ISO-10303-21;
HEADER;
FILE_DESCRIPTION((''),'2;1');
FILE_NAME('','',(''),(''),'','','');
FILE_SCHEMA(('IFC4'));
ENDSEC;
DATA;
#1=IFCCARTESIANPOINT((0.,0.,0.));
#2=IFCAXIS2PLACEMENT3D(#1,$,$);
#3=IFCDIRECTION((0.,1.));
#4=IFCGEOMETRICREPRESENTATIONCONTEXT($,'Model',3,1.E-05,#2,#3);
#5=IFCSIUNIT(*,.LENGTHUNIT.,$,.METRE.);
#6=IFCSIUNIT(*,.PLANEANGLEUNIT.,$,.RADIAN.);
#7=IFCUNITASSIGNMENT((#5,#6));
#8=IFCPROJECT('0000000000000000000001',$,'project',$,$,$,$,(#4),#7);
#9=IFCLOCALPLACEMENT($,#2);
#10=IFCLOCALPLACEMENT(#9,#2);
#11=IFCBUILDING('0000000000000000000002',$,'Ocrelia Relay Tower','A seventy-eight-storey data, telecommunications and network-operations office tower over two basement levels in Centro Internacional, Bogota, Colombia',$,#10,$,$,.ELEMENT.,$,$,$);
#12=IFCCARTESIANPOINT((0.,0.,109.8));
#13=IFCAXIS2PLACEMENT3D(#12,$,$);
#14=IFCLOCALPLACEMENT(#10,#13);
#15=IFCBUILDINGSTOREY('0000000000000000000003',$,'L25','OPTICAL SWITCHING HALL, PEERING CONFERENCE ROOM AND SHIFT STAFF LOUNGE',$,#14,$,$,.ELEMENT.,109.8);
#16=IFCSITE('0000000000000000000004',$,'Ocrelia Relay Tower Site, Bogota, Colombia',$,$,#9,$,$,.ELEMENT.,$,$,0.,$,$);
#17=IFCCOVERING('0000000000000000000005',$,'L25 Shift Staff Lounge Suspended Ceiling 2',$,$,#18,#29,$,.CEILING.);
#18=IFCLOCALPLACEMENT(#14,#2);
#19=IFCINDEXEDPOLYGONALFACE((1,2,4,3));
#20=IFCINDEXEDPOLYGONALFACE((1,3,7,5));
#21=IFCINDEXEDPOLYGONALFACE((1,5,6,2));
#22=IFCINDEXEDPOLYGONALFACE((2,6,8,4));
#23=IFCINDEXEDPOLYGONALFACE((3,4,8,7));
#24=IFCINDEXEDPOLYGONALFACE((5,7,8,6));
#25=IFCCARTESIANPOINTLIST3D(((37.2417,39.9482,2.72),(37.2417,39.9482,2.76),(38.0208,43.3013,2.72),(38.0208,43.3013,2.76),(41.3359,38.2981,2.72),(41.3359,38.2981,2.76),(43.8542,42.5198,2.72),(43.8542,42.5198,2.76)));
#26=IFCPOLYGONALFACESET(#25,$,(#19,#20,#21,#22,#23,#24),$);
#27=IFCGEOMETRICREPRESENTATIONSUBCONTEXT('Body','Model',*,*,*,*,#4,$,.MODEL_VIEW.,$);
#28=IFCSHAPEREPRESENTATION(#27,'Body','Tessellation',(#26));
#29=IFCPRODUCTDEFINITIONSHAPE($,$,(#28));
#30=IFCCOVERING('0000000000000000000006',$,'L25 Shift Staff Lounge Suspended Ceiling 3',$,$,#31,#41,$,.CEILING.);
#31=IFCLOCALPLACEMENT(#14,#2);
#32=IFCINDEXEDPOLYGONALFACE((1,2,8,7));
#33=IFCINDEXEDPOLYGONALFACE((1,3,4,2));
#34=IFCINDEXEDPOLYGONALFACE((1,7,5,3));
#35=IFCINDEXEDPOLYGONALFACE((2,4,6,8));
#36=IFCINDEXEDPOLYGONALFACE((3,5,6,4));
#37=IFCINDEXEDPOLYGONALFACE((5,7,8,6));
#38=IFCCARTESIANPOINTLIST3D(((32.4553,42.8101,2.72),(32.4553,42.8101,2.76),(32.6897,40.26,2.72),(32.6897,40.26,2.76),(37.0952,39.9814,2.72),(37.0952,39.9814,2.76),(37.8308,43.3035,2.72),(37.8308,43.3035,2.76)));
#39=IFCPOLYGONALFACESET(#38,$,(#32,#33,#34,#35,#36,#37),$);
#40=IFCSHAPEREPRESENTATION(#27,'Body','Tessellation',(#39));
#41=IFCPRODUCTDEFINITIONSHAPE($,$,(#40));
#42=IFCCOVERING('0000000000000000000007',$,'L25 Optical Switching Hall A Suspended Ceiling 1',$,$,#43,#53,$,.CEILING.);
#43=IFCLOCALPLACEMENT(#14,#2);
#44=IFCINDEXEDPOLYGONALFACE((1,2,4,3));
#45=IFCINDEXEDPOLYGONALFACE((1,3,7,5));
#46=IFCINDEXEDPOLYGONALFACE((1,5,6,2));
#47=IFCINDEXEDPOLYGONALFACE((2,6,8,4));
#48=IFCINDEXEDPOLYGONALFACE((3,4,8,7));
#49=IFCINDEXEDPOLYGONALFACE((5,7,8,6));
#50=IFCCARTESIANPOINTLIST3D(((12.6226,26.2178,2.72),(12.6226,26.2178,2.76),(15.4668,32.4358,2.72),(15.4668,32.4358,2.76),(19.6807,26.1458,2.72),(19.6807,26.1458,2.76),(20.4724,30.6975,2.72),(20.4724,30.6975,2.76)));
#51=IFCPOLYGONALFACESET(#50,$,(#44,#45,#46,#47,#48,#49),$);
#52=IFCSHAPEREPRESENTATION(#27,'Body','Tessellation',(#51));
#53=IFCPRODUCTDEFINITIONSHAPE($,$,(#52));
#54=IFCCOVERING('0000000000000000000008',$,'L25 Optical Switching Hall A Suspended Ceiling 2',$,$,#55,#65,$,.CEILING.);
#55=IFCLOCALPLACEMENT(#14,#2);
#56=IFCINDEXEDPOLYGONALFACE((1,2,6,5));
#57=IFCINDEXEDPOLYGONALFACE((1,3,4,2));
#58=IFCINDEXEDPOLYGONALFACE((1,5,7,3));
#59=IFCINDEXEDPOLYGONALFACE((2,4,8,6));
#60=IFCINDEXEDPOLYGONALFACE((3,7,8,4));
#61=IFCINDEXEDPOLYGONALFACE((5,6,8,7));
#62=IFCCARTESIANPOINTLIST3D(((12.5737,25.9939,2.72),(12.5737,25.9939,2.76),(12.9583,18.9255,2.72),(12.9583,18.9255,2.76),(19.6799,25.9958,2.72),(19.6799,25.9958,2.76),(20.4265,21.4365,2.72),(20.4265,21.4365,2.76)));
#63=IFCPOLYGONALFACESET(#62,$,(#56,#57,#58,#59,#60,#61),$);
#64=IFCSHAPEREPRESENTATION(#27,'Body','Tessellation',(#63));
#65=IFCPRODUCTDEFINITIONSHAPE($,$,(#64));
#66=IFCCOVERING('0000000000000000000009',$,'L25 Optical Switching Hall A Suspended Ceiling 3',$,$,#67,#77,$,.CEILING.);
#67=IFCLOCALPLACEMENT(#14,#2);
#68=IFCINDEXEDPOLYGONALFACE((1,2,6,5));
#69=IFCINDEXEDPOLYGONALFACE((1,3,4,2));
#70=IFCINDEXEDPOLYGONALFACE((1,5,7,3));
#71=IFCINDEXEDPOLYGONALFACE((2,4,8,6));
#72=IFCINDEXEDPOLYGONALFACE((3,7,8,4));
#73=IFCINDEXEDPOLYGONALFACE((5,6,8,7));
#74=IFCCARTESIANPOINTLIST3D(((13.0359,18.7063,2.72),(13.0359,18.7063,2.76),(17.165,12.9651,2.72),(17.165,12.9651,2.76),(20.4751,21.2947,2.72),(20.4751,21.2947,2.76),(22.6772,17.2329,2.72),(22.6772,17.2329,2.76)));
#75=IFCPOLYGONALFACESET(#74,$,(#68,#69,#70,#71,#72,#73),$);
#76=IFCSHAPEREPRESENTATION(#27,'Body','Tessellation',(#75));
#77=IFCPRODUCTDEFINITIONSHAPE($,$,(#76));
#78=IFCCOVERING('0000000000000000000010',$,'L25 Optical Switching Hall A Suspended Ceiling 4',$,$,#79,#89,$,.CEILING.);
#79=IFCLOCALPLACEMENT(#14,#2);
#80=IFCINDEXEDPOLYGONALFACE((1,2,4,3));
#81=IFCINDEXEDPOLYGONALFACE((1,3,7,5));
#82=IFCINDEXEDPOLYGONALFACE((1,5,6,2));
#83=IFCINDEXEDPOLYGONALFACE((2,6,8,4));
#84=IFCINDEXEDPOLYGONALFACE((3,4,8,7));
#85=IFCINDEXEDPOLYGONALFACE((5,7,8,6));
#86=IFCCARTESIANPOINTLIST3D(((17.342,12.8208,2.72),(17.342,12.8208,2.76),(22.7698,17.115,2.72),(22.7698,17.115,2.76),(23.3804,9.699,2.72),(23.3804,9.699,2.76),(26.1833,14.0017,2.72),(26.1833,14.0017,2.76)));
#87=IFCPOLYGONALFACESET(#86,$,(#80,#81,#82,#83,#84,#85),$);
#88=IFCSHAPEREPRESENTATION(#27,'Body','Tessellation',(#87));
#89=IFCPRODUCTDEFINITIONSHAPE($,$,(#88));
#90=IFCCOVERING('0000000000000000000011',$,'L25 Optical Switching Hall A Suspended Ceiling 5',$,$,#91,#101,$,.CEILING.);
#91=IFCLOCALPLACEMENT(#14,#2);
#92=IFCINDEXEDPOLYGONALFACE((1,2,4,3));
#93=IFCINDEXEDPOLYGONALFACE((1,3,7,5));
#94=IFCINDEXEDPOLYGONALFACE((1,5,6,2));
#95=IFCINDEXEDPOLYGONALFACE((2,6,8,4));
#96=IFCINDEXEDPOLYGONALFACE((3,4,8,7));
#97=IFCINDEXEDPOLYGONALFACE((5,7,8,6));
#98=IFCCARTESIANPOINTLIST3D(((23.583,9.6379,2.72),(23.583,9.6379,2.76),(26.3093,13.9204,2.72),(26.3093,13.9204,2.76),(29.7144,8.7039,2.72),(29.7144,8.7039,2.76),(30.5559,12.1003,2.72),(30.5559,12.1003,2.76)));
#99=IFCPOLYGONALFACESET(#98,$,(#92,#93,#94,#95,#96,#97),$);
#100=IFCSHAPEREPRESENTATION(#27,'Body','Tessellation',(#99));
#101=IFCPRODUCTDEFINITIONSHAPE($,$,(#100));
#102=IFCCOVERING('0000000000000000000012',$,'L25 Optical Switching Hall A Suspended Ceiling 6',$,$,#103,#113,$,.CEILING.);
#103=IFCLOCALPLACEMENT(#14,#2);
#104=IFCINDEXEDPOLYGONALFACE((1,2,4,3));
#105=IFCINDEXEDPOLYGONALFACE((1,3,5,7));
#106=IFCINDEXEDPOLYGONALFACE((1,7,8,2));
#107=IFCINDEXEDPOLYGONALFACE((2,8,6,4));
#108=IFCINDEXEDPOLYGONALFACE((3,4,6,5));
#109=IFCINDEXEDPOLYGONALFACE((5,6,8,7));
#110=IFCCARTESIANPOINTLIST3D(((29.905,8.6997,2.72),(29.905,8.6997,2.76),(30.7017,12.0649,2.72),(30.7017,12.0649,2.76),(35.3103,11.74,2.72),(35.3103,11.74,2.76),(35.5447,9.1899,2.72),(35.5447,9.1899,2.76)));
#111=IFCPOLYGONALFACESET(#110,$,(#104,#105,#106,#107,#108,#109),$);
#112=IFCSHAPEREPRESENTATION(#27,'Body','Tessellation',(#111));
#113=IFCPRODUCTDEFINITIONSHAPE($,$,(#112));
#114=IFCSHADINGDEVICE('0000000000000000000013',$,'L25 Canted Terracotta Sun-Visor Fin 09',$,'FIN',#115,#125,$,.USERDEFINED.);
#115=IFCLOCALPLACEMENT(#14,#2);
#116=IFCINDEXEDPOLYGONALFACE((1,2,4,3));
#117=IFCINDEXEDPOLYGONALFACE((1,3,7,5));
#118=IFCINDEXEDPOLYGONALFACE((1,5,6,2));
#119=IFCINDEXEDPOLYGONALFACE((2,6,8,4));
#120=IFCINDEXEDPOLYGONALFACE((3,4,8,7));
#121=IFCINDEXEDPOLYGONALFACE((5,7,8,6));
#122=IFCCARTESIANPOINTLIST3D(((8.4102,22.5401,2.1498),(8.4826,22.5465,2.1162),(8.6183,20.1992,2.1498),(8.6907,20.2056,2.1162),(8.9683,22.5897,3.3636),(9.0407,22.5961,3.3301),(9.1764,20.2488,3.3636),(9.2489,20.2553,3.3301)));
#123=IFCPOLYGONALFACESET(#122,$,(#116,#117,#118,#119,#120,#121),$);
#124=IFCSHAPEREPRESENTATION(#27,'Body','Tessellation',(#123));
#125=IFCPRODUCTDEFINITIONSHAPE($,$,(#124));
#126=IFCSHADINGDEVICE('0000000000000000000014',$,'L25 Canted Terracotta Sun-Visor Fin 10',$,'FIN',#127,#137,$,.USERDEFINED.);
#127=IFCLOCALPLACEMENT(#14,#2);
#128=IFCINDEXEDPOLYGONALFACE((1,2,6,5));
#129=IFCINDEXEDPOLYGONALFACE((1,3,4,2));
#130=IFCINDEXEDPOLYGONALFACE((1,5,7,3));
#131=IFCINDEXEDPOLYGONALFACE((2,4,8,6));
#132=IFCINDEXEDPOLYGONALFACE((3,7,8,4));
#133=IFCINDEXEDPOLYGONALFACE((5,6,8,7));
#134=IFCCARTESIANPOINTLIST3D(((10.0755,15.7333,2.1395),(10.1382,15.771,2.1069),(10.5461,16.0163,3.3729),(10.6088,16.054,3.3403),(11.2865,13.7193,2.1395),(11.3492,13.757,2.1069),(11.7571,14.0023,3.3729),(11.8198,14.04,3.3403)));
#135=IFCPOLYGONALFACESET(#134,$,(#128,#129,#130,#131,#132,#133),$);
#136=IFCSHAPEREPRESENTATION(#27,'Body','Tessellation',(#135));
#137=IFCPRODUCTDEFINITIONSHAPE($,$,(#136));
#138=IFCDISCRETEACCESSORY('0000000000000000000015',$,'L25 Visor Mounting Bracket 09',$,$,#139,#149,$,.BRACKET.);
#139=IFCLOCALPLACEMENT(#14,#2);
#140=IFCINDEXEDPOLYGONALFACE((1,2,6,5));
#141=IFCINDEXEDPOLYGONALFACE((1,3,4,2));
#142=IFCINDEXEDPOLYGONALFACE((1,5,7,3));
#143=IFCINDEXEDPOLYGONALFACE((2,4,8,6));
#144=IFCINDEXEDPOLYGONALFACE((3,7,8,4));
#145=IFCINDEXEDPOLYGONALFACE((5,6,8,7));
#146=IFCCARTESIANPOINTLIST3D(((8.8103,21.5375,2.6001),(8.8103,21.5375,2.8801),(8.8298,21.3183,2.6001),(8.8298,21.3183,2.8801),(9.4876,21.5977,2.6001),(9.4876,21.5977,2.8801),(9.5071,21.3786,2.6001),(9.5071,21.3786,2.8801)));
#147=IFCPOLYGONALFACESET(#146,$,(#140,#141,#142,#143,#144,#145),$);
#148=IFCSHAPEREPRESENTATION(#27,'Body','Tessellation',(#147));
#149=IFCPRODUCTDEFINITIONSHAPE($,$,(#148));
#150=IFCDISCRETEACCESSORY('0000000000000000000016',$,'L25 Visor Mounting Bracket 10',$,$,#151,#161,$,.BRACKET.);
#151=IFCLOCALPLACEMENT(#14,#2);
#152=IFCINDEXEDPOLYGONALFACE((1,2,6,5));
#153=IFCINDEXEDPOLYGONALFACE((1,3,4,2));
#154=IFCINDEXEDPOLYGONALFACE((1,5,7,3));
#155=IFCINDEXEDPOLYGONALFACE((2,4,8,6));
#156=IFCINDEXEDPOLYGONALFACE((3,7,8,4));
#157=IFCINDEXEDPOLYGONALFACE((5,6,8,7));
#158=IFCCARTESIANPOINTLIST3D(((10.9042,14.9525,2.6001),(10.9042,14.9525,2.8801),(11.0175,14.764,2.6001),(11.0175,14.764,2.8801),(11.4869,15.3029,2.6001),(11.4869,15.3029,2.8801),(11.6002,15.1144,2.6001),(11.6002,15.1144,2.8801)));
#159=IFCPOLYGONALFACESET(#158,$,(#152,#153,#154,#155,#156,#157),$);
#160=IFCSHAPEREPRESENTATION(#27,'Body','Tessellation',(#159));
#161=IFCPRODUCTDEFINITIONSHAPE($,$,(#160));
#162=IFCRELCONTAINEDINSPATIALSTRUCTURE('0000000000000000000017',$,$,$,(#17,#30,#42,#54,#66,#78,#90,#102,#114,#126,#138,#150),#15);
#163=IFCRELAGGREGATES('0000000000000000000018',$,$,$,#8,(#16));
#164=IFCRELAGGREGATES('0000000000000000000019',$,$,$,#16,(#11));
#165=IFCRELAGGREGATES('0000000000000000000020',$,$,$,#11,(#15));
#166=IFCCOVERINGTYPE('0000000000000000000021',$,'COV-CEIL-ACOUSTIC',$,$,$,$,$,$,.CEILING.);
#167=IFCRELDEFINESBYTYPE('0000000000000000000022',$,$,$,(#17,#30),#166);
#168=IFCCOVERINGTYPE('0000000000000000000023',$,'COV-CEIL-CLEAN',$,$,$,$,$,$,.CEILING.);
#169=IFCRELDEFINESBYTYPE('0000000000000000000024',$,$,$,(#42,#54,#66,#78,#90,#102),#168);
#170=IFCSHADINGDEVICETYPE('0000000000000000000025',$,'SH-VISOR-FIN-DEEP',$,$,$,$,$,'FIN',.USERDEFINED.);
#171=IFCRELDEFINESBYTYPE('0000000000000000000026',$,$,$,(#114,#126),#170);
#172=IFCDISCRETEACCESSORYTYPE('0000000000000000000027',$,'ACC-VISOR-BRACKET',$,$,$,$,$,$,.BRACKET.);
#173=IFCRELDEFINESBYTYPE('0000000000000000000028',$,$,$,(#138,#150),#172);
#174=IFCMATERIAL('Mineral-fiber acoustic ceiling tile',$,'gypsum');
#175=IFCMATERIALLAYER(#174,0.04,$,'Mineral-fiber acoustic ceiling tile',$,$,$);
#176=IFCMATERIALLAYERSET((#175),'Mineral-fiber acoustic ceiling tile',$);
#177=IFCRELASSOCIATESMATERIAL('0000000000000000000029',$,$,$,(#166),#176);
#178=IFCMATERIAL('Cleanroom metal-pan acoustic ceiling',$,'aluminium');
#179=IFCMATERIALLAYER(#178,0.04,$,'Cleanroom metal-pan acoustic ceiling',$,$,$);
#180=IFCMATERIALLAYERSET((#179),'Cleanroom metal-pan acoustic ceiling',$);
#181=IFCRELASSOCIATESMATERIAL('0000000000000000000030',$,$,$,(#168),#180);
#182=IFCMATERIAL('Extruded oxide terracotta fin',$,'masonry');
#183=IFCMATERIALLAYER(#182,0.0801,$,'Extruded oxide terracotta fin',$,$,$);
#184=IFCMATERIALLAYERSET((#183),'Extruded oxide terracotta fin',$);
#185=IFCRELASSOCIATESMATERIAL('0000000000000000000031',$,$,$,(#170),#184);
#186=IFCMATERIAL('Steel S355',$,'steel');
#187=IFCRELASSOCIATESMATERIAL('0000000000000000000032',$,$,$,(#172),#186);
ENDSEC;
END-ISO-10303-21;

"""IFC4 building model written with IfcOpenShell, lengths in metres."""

from ifc_helpers import new_model, si_unit, direction, frame, origin, origin_2d, place, context, subcontext, project, spatial, polyline, rectangle, outline, extrude, material, layer, layer_set, type_object, element, save


model = new_model("IFC4")

# Units and contexts
model_context = context("Model", 3, precision=1e-05, world=origin(), true_north=direction((0.0, 1.0)))
body_context = subcontext(model_context, "Body", "Model", "MODEL_VIEW")
ifc_project = project(units=[si_unit("LENGTHUNIT", "METRE"), si_unit("PLANEANGLEUNIT", "RADIAN")], contexts=[model_context])

# Site, building, storey
site_placement = place(None, origin())
site = spatial("IfcSite", under=ifc_project, at=site_placement, Name="Ocrelia Relay Tower Site, Bogota, Colombia", CompositionType="ELEMENT", RefElevation=0.0)
building_placement = place(site_placement, origin())
building = spatial("IfcBuilding", under=site, at=building_placement, Name="Ocrelia Relay Tower", Description="A seventy-eight-storey data, telecommunications and network-operations office tower over two basement levels in Centro Internacional, Bogota, Colombia", CompositionType="ELEMENT")
storey_placement = place(building_placement, frame((0.0, 0.0, 109.8)))
storey = spatial("IfcBuildingStorey", under=building, at=storey_placement, Name="L25", Description="OPTICAL SWITCHING HALL, PEERING CONFERENCE ROOM AND SHIFT STAFF LOUNGE", CompositionType="ELEMENT", Elevation=109.8)

# Coverings
ifc_material_1 = material(Name="Mineral-fiber acoustic ceiling tile", Category="gypsum")
ifc_layer_1 = layer(ifc_material_1, 0.04, Name="Mineral-fiber acoustic ceiling tile")
ifc_layer_set_1 = layer_set([ifc_layer_1], Name="Mineral-fiber acoustic ceiling tile")
covering_type_1 = type_object("IfcCoveringType", Name="COV-CEIL-ACOUSTIC", PredefinedType="CEILING", material=ifc_layer_set_1)
covering_1_placement = place(storey_placement, frame((0.0, 0.0, 2.72)))
element("IfcCovering", 1, at=covering_1_placement, inside=storey, type_object=covering_type_1, Name="L25 Shift Staff Lounge Suspended Ceiling 2", PredefinedType="CEILING", context=body_context, shape_type="SweptSolid", body=[
    extrude(outline(polyline([(41.3359, 38.2981), (43.8542, 42.5198), (38.0208, 43.3013), (37.2417, 39.9482), (41.3359, 38.2981)])), origin(), (0.0, 0.0, 1.0), 0.04),
])
covering_2_placement = place(storey_placement, frame((0.0, 0.0, 2.72)))
element("IfcCovering", 2, at=covering_2_placement, inside=storey, type_object=covering_type_1, Name="L25 Shift Staff Lounge Suspended Ceiling 3", PredefinedType="CEILING", context=body_context, shape_type="SweptSolid", body=[
    extrude(outline(polyline([(37.0952, 39.9814), (37.8308, 43.3035), (32.4553, 42.8101), (32.6897, 40.26), (37.0952, 39.9814)])), origin(), (0.0, 0.0, 1.0), 0.04),
])
ifc_material_2 = material(Name="Cleanroom metal-pan acoustic ceiling", Category="aluminium")
ifc_layer_2 = layer(ifc_material_2, 0.04, Name="Cleanroom metal-pan acoustic ceiling")
ifc_layer_set_2 = layer_set([ifc_layer_2], Name="Cleanroom metal-pan acoustic ceiling")
covering_type_2 = type_object("IfcCoveringType", Name="COV-CEIL-CLEAN", PredefinedType="CEILING", material=ifc_layer_set_2)
covering_3_placement = place(storey_placement, frame((0.0, 0.0, 2.72)))
element("IfcCovering", 3, at=covering_3_placement, inside=storey, type_object=covering_type_2, Name="L25 Optical Switching Hall A Suspended Ceiling 1", PredefinedType="CEILING", context=body_context, shape_type="SweptSolid", body=[
    extrude(outline(polyline([(20.4724, 30.6975), (15.4668, 32.4358), (12.6226, 26.2178), (19.6807, 26.1458), (20.4724, 30.6975)])), origin(), (0.0, 0.0, 1.0), 0.04),
])
covering_4_placement = place(storey_placement, frame((0.0, 0.0, 2.72)))
element("IfcCovering", 4, at=covering_4_placement, inside=storey, type_object=covering_type_2, Name="L25 Optical Switching Hall A Suspended Ceiling 2", PredefinedType="CEILING", context=body_context, shape_type="SweptSolid", body=[
    extrude(outline(polyline([(19.6799, 25.9958), (12.5737, 25.9939), (12.9583, 18.9255), (20.4265, 21.4365), (19.6799, 25.9958)])), origin(), (0.0, 0.0, 1.0), 0.04),
])
covering_5_placement = place(storey_placement, frame((0.0, 0.0, 2.72)))
element("IfcCovering", 5, at=covering_5_placement, inside=storey, type_object=covering_type_2, Name="L25 Optical Switching Hall A Suspended Ceiling 3", PredefinedType="CEILING", context=body_context, shape_type="SweptSolid", body=[
    extrude(outline(polyline([(20.4751, 21.2947), (13.0359, 18.7063), (17.165, 12.9651), (22.6772, 17.2329), (20.4751, 21.2947)])), origin(), (0.0, 0.0, 1.0), 0.04),
])
covering_6_placement = place(storey_placement, frame((0.0, 0.0, 2.72)))
element("IfcCovering", 6, at=covering_6_placement, inside=storey, type_object=covering_type_2, Name="L25 Optical Switching Hall A Suspended Ceiling 4", PredefinedType="CEILING", context=body_context, shape_type="SweptSolid", body=[
    extrude(outline(polyline([(22.7698, 17.115), (17.342, 12.8208), (23.3804, 9.699), (26.1833, 14.0017), (22.7698, 17.115)])), origin(), (0.0, 0.0, 1.0), 0.04),
])
covering_7_placement = place(storey_placement, frame((0.0, 0.0, 2.72)))
element("IfcCovering", 7, at=covering_7_placement, inside=storey, type_object=covering_type_2, Name="L25 Optical Switching Hall A Suspended Ceiling 5", PredefinedType="CEILING", context=body_context, shape_type="SweptSolid", body=[
    extrude(outline(polyline([(26.3093, 13.9204), (23.583, 9.6379), (29.7144, 8.7039), (30.5559, 12.1003), (26.3093, 13.9204)])), origin(), (0.0, 0.0, 1.0), 0.04),
])
covering_8_placement = place(storey_placement, frame((0.0, 0.0, 2.72)))
element("IfcCovering", 8, at=covering_8_placement, inside=storey, type_object=covering_type_2, Name="L25 Optical Switching Hall A Suspended Ceiling 6", PredefinedType="CEILING", context=body_context, shape_type="SweptSolid", body=[
    extrude(outline(polyline([(30.7017, 12.0649), (29.905, 8.6997), (35.5447, 9.1899), (35.3103, 11.74), (30.7017, 12.0649)])), origin(), (0.0, 0.0, 1.0), 0.04),
])

# Shading devices
ifc_material_3 = material(Name="Extruded oxide terracotta fin", Category="masonry")
ifc_layer_3 = layer(ifc_material_3, 0.0801, Name="Extruded oxide terracotta fin")
ifc_layer_set_3 = layer_set([ifc_layer_3], Name="Extruded oxide terracotta fin")
shading_device_type = type_object("IfcShadingDeviceType", Name="SH-VISOR-FIN-DEEP", ElementType="FIN", PredefinedType="USERDEFINED", material=ifc_layer_set_3)
shading_device_1_placement = place(storey_placement, frame((8.8657, 21.4009, 2.7231), z_axis=(-0.904357, -0.080404, 0.419135), x_axis=(0.088558, -0.996071, 0.0)))
element("IfcShadingDevice", 9, at=shading_device_1_placement, inside=storey, type_object=shading_device_type, Name="L25 Canted Terracotta Sun-Visor Fin 09", ObjectType="FIN", PredefinedType="USERDEFINED", context=body_context, shape_type="SweptSolid", body=[
    extrude(rectangle(XDim=2.3501, YDim=1.3369, at=origin_2d()), origin(), (0.0, 0.0, 1.0), 0.0801),
])
shading_device_2_placement = place(storey_placement, frame((10.979, 14.9055, 2.7236), z_axis=(-0.782906, -0.470769, 0.406737), x_axis=(0.515321, -0.856997, 0.0)))
element("IfcShadingDevice", 10, at=shading_device_2_placement, inside=storey, type_object=shading_device_type, Name="L25 Canted Terracotta Sun-Visor Fin 10", ObjectType="FIN", PredefinedType="USERDEFINED", context=body_context, shape_type="SweptSolid", body=[
    extrude(rectangle(XDim=2.3501, YDim=1.3501, at=origin_2d()), origin(), (0.0, 0.0, 1.0), 0.0801),
])

# Discrete accessories
ifc_material_4 = material(Name="Steel S355", Category="steel")
discrete_accessory_type = type_object("IfcDiscreteAccessoryType", Name="ACC-VISOR-BRACKET", PredefinedType="BRACKET", material=ifc_material_4)
for number, where, z_axis, x_axis, name in (
    (11, (9.1587, 21.458, 2.6001), (0.0, 0.0, 1.0), (0.088558, -0.996071, 0.0), "L25 Visor Mounting Bracket 09"),
    (12, (11.2522, 15.0334, 2.6001), (0.0, 0.0, 1.0), (0.515321, -0.856997, 0.0), "L25 Visor Mounting Bracket 10"),
):
    element("IfcDiscreteAccessory", number, at=place(storey_placement, frame(where, z_axis=z_axis, x_axis=x_axis)), inside=storey, type_object=discrete_accessory_type, Name=name, PredefinedType="BRACKET", context=body_context, shape_type="SweptSolid", body=[
        extrude(rectangle(XDim=0.22, YDim=0.6799, at=origin_2d()), origin(), (0.0, 0.0, 1.0), 0.28),
    ])

save(model, "model.ifc")
